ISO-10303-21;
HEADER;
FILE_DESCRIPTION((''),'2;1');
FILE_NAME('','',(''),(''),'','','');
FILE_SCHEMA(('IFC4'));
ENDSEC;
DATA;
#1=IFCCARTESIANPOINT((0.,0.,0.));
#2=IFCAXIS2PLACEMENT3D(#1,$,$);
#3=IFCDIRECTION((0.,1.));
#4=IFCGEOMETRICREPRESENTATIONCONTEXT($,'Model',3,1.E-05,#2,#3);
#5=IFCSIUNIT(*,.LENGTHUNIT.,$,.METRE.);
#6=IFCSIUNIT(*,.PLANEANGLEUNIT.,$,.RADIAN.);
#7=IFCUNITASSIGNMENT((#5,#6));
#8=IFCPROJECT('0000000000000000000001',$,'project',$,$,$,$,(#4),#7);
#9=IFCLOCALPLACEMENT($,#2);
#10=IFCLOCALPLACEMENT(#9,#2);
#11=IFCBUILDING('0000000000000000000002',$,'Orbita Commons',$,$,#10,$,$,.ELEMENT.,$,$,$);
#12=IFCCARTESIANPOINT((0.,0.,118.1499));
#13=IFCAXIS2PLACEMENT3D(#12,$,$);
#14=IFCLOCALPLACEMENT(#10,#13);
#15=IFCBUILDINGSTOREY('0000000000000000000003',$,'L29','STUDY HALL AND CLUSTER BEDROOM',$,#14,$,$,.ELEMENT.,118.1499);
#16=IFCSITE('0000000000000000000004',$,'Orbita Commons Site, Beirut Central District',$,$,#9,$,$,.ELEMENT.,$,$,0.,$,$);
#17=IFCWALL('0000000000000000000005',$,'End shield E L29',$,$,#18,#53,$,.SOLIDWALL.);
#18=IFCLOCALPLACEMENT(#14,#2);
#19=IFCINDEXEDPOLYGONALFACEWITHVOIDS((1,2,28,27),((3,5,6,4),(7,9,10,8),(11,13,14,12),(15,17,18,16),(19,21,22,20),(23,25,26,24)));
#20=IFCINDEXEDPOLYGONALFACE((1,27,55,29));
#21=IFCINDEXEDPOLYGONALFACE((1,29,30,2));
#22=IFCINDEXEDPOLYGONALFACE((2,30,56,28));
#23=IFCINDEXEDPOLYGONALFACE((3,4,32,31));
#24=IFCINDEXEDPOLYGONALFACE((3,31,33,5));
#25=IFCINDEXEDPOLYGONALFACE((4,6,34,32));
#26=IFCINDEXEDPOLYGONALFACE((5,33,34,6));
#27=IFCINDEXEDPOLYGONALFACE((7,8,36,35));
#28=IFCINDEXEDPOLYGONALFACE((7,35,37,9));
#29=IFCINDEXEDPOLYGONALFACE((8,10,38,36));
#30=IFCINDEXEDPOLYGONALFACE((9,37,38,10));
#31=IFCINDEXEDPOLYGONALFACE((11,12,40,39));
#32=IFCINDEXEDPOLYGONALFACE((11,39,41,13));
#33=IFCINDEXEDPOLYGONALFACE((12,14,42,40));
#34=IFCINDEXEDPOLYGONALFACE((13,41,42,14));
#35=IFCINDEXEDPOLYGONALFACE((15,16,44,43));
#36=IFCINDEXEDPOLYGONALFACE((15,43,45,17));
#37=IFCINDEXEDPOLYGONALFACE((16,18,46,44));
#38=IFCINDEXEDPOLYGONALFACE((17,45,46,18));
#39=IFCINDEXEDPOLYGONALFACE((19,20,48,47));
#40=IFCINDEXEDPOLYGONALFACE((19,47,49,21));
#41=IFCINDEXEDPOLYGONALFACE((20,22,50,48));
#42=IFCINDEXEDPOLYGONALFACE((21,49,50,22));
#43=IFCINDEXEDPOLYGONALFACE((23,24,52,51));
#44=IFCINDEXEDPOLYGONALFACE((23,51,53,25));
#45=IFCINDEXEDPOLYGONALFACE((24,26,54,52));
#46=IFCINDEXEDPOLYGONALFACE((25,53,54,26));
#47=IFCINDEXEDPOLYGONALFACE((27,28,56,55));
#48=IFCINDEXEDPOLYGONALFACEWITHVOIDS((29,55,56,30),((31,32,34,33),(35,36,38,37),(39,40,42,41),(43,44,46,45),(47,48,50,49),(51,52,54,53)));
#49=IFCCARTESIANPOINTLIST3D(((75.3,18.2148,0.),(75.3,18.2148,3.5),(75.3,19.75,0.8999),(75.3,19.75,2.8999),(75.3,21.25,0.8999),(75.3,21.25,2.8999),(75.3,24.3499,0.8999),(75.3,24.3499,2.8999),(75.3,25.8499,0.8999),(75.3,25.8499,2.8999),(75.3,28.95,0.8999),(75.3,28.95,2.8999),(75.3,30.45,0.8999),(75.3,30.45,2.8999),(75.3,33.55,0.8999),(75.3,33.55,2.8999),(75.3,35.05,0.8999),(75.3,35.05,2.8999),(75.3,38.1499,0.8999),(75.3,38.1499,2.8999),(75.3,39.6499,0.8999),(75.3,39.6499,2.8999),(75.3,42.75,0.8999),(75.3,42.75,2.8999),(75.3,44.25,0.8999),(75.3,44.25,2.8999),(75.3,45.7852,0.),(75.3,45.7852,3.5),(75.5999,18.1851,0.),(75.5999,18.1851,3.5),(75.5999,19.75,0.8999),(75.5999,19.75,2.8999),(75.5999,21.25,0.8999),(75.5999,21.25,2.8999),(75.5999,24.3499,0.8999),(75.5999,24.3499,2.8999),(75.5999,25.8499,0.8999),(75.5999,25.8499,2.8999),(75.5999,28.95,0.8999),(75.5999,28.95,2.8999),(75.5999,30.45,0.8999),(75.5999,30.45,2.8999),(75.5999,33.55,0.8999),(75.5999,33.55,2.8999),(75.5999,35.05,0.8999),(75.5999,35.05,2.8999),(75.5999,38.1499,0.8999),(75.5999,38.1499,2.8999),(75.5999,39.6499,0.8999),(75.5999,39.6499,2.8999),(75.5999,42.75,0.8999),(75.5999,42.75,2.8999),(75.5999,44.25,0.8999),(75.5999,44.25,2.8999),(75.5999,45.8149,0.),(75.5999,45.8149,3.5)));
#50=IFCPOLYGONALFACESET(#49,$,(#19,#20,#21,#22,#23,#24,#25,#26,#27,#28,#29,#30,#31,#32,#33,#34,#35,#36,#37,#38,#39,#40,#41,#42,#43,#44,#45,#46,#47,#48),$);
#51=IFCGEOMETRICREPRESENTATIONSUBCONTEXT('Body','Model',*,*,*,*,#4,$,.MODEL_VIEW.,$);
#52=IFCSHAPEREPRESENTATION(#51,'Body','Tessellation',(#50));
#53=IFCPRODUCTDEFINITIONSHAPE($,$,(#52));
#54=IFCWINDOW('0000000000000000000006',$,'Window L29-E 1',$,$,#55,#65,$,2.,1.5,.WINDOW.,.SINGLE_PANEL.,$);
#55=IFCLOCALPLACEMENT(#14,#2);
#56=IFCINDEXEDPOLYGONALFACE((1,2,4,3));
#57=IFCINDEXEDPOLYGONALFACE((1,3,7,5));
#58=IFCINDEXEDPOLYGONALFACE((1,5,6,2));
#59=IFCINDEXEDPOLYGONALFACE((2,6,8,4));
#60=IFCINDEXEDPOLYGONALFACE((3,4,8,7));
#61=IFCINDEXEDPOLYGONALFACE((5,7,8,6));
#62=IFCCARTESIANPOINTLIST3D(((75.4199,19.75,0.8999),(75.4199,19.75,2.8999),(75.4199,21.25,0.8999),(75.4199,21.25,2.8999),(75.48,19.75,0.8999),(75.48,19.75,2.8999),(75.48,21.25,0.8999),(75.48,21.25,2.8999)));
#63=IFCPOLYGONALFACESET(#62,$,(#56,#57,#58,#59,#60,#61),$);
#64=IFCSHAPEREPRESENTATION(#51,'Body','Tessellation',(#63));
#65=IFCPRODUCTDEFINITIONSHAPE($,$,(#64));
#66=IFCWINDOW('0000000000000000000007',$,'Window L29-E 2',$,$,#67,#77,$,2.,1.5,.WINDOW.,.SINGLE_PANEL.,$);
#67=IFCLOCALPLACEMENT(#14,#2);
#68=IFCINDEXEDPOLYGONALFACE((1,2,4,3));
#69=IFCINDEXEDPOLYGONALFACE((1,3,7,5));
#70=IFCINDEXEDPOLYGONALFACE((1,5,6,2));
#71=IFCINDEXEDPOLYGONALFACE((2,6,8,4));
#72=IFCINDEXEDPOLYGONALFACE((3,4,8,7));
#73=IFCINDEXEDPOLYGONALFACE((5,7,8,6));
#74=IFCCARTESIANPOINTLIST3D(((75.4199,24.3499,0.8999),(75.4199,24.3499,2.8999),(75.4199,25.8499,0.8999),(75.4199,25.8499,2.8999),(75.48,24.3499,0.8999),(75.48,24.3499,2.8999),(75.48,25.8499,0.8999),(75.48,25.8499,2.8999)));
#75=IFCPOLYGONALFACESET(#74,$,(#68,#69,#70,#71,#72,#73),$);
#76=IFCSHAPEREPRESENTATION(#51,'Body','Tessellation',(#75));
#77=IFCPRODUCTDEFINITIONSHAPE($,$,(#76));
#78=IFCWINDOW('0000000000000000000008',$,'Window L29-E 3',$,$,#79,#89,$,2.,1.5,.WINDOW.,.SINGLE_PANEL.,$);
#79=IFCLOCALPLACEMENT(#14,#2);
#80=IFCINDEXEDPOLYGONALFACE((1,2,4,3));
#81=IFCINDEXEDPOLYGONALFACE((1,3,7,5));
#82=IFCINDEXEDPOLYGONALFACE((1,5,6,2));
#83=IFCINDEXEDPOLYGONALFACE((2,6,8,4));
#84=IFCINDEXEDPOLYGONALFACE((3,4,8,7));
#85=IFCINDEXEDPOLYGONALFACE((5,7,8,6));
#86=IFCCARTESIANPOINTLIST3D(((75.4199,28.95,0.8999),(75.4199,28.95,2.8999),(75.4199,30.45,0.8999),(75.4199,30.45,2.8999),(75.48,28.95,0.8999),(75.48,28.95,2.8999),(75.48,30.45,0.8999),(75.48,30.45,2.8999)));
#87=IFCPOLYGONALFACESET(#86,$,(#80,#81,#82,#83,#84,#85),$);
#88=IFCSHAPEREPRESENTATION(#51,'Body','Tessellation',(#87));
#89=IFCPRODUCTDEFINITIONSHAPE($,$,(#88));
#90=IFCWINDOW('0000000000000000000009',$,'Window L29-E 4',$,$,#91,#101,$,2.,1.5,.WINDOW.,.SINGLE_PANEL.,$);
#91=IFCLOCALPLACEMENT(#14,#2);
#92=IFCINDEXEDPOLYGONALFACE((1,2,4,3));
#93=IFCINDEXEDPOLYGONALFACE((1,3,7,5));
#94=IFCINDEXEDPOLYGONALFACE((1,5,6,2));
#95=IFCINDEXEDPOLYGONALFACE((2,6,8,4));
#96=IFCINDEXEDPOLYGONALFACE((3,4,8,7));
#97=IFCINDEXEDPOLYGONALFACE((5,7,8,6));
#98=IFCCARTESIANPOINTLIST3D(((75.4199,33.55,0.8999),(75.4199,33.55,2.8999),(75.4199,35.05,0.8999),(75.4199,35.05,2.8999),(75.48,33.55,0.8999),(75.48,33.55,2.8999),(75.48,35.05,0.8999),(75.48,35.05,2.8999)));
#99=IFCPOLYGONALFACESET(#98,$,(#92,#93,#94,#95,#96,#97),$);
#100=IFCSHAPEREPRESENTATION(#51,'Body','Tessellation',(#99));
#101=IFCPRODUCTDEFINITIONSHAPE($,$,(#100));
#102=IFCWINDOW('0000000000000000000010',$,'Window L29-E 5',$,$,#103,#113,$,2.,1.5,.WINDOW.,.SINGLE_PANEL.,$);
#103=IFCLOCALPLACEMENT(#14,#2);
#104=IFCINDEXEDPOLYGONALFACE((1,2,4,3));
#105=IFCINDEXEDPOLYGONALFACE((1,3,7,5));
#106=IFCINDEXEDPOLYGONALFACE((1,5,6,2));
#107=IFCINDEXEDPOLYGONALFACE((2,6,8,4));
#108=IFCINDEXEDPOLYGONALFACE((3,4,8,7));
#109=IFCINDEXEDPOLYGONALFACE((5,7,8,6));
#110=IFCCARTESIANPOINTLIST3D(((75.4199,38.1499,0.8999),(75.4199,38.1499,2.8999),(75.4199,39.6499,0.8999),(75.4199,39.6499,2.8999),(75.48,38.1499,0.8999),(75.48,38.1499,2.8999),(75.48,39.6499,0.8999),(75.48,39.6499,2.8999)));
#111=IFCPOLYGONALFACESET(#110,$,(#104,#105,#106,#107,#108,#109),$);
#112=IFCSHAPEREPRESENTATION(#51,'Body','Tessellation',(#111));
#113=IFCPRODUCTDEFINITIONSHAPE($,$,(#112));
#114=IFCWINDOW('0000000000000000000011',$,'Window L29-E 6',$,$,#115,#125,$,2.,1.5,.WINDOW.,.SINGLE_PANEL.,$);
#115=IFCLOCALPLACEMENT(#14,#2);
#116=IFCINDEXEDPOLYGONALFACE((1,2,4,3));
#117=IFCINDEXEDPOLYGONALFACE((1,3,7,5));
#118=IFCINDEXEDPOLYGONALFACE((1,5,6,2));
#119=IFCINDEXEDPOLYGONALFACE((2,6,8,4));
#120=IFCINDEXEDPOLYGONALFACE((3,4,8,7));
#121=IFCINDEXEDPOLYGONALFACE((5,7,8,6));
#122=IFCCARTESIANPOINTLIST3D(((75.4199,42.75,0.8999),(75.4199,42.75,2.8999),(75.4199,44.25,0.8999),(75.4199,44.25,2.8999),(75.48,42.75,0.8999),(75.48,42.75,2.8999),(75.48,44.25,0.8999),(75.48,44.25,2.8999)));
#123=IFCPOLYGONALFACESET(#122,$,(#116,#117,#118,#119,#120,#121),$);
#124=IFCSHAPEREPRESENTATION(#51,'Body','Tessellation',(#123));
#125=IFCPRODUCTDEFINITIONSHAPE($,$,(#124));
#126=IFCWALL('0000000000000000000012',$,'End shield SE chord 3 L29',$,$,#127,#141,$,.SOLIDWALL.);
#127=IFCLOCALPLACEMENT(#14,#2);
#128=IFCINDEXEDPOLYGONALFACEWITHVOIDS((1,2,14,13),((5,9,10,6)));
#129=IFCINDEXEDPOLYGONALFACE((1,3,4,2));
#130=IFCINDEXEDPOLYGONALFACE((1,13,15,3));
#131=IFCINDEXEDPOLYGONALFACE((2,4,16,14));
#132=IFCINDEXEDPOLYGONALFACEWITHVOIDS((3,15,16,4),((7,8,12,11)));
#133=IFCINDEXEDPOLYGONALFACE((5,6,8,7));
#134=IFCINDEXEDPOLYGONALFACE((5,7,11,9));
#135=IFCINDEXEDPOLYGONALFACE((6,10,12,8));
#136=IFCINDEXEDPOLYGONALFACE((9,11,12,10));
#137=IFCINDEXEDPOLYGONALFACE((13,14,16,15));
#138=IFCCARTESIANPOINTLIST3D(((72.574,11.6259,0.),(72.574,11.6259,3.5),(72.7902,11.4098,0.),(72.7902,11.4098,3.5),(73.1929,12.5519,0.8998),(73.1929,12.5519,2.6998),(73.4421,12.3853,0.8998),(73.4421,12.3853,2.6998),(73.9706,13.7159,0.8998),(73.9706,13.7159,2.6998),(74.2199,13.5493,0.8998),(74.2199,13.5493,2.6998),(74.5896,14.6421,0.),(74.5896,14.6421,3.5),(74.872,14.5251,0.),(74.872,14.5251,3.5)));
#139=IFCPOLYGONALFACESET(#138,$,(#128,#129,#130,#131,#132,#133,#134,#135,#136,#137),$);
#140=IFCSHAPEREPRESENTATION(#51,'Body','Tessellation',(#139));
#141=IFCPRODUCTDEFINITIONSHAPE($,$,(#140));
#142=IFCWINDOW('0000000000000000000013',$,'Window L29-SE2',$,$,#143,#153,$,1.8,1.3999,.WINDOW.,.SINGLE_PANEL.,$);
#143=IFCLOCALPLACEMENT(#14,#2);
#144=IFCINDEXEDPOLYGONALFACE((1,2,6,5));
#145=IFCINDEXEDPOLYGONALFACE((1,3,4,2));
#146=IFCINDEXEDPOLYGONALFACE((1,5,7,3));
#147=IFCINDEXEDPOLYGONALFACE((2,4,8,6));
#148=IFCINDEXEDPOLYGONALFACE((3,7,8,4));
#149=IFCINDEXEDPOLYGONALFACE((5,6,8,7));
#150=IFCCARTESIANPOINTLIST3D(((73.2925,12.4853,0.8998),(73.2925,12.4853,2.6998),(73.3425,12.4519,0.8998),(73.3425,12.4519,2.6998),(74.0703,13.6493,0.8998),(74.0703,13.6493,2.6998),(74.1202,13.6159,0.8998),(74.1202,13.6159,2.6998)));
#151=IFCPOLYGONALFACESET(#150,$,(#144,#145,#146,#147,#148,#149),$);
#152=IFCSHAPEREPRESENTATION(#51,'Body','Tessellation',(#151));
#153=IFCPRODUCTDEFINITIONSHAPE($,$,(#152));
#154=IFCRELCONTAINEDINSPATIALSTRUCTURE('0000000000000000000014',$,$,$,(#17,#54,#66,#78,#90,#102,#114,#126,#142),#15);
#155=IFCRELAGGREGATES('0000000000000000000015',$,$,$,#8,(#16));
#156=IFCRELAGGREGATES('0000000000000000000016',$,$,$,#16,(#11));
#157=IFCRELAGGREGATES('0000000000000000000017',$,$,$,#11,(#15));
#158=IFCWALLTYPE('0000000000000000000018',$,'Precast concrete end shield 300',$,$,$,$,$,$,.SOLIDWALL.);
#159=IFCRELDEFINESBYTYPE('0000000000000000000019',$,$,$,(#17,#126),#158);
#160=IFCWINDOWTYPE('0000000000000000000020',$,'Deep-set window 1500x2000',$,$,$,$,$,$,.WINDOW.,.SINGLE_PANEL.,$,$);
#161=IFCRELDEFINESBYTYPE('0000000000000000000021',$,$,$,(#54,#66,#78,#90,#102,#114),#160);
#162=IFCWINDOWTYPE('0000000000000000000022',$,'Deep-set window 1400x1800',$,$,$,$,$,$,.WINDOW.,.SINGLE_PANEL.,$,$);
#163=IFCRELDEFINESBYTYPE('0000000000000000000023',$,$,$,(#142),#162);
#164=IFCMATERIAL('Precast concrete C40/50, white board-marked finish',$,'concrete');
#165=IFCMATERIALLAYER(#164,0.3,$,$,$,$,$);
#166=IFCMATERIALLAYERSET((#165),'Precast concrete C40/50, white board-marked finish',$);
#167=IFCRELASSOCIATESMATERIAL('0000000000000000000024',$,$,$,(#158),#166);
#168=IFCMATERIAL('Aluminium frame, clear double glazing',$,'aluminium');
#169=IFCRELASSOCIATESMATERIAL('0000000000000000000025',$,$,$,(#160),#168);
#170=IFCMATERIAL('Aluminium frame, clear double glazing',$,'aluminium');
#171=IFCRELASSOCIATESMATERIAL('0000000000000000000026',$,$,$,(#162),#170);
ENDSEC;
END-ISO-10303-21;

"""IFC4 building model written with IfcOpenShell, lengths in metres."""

from ifc_helpers import new_model, si_unit, direction, frame, frame_2d, origin, place, context, subcontext, project, spatial, polyline, rectangle, outline, extrude, material, layer, layer_set, type_object, element, fill, save


model = new_model("IFC4")

# Units and contexts
model_context = context("Model", 3, precision=1e-05, world=origin(), true_north=direction((0.0, 1.0)))
body_context = subcontext(model_context, "Body", "Model", "MODEL_VIEW")
ifc_project = project(units=[si_unit("LENGTHUNIT", "METRE"), si_unit("PLANEANGLEUNIT", "RADIAN")], contexts=[model_context])

# Site, building, storey
site_placement = place(None, origin())
site = spatial("IfcSite", under=ifc_project, at=site_placement, Name="Orbita Commons Site, Beirut Central District", CompositionType="ELEMENT", RefElevation=0.0)
building_placement = place(site_placement, origin())
building = spatial("IfcBuilding", under=site, at=building_placement, Name="Orbita Commons", CompositionType="ELEMENT")
storey_placement = place(building_placement, frame((0.0, 0.0, 118.1499)))
storey = spatial("IfcBuildingStorey", under=building, at=storey_placement, Name="L29", Description="STUDY HALL AND CLUSTER BEDROOM", CompositionType="ELEMENT", Elevation=118.1499)

# Wall, openings, windows
ifc_material_1 = material(Name="Precast concrete C40/50, white board-marked finish", Category="concrete")
ifc_layer_1 = layer(ifc_material_1, 0.3)
ifc_layer_set_1 = layer_set([ifc_layer_1], Name="Precast concrete C40/50, white board-marked finish")
wall_type_1 = type_object("IfcWallType", Name="Precast concrete end shield 300", PredefinedType="SOLIDWALL", material=ifc_layer_set_1)
wall_1_placement = place(storey_placement, frame((75.45, 18.2, 0.0), z_axis=(0.0, 0.0, 1.0), x_axis=(0.0, 1.0, 0.0)))
wall_1 = element("IfcWall", 1, at=wall_1_placement, inside=storey, type_object=wall_type_1, Name="End shield E L29", PredefinedType="SOLIDWALL", context=body_context, shape_type="SweptSolid", body=[
    extrude(outline(polyline([(-0.0149, -0.1499), (27.615, -0.1499), (27.5852, 0.1499), (0.0149, 0.1499), (-0.0149, -0.1499)])), origin(), (0.0, 0.0, 1.0), 3.5),
])
opening_1_placement = place(wall_1_placement, frame((1.55, 0.0, 0.8999)))
opening_1 = element("IfcOpeningElement", 2, at=opening_1_placement, cuts=wall_1, PredefinedType="OPENING", context=body_context, shape_type="SweptSolid", body=[
    extrude(rectangle(XDim=1.5, YDim=2.0, at=frame_2d((0.75, 1.0))), frame((0.0, 0.1599, 0.0), z_axis=(0.0, -1.0, 0.0), x_axis=(1.0, 0.0, 0.0)), (0.0, 0.0, 1.0), 0.3201),
])
opening_2_placement = place(wall_1_placement, frame((6.1499, 0.0, 0.8999)))
opening_2 = element("IfcOpeningElement", 3, at=opening_2_placement, cuts=wall_1, PredefinedType="OPENING", context=body_context, shape_type="SweptSolid", body=[
    extrude(rectangle(XDim=1.5, YDim=2.0, at=frame_2d((0.75, 1.0))), frame((0.0, 0.1599, 0.0), z_axis=(0.0, -1.0, 0.0), x_axis=(1.0, 0.0, 0.0)), (0.0, 0.0, 1.0), 0.3201),
])
opening_3_placement = place(wall_1_placement, frame((10.75, 0.0, 0.8999)))
opening_3 = element("IfcOpeningElement", 4, at=opening_3_placement, cuts=wall_1, PredefinedType="OPENING", context=body_context, shape_type="SweptSolid", body=[
    extrude(rectangle(XDim=1.5, YDim=2.0, at=frame_2d((0.75, 1.0))), frame((0.0, 0.1599, 0.0), z_axis=(0.0, -1.0, 0.0), x_axis=(1.0, 0.0, 0.0)), (0.0, 0.0, 1.0), 0.3201),
])
opening_4_placement = place(wall_1_placement, frame((15.3501, 0.0, 0.8999)))
opening_4 = element("IfcOpeningElement", 5, at=opening_4_placement, cuts=wall_1, PredefinedType="OPENING", context=body_context, shape_type="SweptSolid", body=[
    extrude(rectangle(XDim=1.5, YDim=2.0, at=frame_2d((0.75, 1.0))), frame((0.0, 0.1599, 0.0), z_axis=(0.0, -1.0, 0.0), x_axis=(1.0, 0.0, 0.0)), (0.0, 0.0, 1.0), 0.3201),
])
opening_5_placement = place(wall_1_placement, frame((19.95, 0.0, 0.8999)))
opening_5 = element("IfcOpeningElement", 6, at=opening_5_placement, cuts=wall_1, PredefinedType="OPENING", context=body_context, shape_type="SweptSolid", body=[
    extrude(rectangle(XDim=1.5, YDim=2.0, at=frame_2d((0.75, 1.0))), frame((0.0, 0.1599, 0.0), z_axis=(0.0, -1.0, 0.0), x_axis=(1.0, 0.0, 0.0)), (0.0, 0.0, 1.0), 0.3201),
])
opening_6_placement = place(wall_1_placement, frame((24.55, 0.0, 0.8999)))
opening_6 = element("IfcOpeningElement", 7, at=opening_6_placement, cuts=wall_1, PredefinedType="OPENING", context=body_context, shape_type="SweptSolid", body=[
    extrude(rectangle(XDim=1.5, YDim=2.0, at=frame_2d((0.75, 1.0))), frame((0.0, 0.1599, 0.0), z_axis=(0.0, -1.0, 0.0), x_axis=(1.0, 0.0, 0.0)), (0.0, 0.0, 1.0), 0.3201),
])
ifc_material_2 = material(Name="Aluminium frame, clear double glazing", Category="aluminium")
window_type_1 = type_object("IfcWindowType", Name="Deep-set window 1500x2000", PartitioningType="SINGLE_PANEL", PredefinedType="WINDOW", material=ifc_material_2)
window_1_placement = place(opening_1_placement, origin())
window_1 = element("IfcWindow", 8, at=window_1_placement, inside=storey, type_object=window_type_1, Name="Window L29-E 1", OverallHeight=2.0, OverallWidth=1.5, PartitioningType="SINGLE_PANEL", PredefinedType="WINDOW", context=body_context, shape_type="SweptSolid", body=[
    extrude(rectangle(XDim=1.5, YDim=2.0, at=frame_2d((0.75, 1.0))), frame((0.0, 0.03, 0.0), z_axis=(0.0, -1.0, 0.0), x_axis=(1.0, 0.0, 0.0)), (0.0, 0.0, 1.0), 0.0601),
])
fill(opening_1, window_1)
window_2_placement = place(opening_2_placement, origin())
window_2 = element("IfcWindow", 9, at=window_2_placement, inside=storey, type_object=window_type_1, Name="Window L29-E 2", OverallHeight=2.0, OverallWidth=1.5, PartitioningType="SINGLE_PANEL", PredefinedType="WINDOW", context=body_context, shape_type="SweptSolid", body=[
    extrude(rectangle(XDim=1.5, YDim=2.0, at=frame_2d((0.75, 1.0))), frame((0.0, 0.03, 0.0), z_axis=(0.0, -1.0, 0.0), x_axis=(1.0, 0.0, 0.0)), (0.0, 0.0, 1.0), 0.0601),
])
fill(opening_2, window_2)
window_3_placement = place(opening_3_placement, origin())
window_3 = element("IfcWindow", 10, at=window_3_placement, inside=storey, type_object=window_type_1, Name="Window L29-E 3", OverallHeight=2.0, OverallWidth=1.5, PartitioningType="SINGLE_PANEL", PredefinedType="WINDOW", context=body_context, shape_type="SweptSolid", body=[
    extrude(rectangle(XDim=1.5, YDim=2.0, at=frame_2d((0.75, 1.0))), frame((0.0, 0.03, 0.0), z_axis=(0.0, -1.0, 0.0), x_axis=(1.0, 0.0, 0.0)), (0.0, 0.0, 1.0), 0.0601),
])
fill(opening_3, window_3)
window_4_placement = place(opening_4_placement, origin())
window_4 = element("IfcWindow", 11, at=window_4_placement, inside=storey, type_object=window_type_1, Name="Window L29-E 4", OverallHeight=2.0, OverallWidth=1.5, PartitioningType="SINGLE_PANEL", PredefinedType="WINDOW", context=body_context, shape_type="SweptSolid", body=[
    extrude(rectangle(XDim=1.5, YDim=2.0, at=frame_2d((0.75, 1.0))), frame((0.0, 0.03, 0.0), z_axis=(0.0, -1.0, 0.0), x_axis=(1.0, 0.0, 0.0)), (0.0, 0.0, 1.0), 0.0601),
])
fill(opening_4, window_4)
window_5_placement = place(opening_5_placement, origin())
window_5 = element("IfcWindow", 12, at=window_5_placement, inside=storey, type_object=window_type_1, Name="Window L29-E 5", OverallHeight=2.0, OverallWidth=1.5, PartitioningType="SINGLE_PANEL", PredefinedType="WINDOW", context=body_context, shape_type="SweptSolid", body=[
    extrude(rectangle(XDim=1.5, YDim=2.0, at=frame_2d((0.75, 1.0))), frame((0.0, 0.03, 0.0), z_axis=(0.0, -1.0, 0.0), x_axis=(1.0, 0.0, 0.0)), (0.0, 0.0, 1.0), 0.0601),
])
fill(opening_5, window_5)
window_6_placement = place(opening_6_placement, origin())
window_6 = element("IfcWindow", 13, at=window_6_placement, inside=storey, type_object=window_type_1, Name="Window L29-E 6", OverallHeight=2.0, OverallWidth=1.5, PartitioningType="SINGLE_PANEL", PredefinedType="WINDOW", context=body_context, shape_type="SweptSolid", body=[
    extrude(rectangle(XDim=1.5, YDim=2.0, at=frame_2d((0.75, 1.0))), frame((0.0, 0.03, 0.0), z_axis=(0.0, -1.0, 0.0), x_axis=(1.0, 0.0, 0.0)), (0.0, 0.0, 1.0), 0.0601),
])
fill(opening_6, window_6)

# Wall, opening, window
wall_2_placement = place(storey_placement, frame((72.6821, 11.5178, 0.0), z_axis=(0.0, 0.0, 1.0), x_axis=(0.555601, 0.831449, 0.0)))
wall_2 = element("IfcWall", 14, at=wall_2_placement, inside=storey, type_object=wall_type_1, Name="End shield SE chord 3 L29", PredefinedType="SOLIDWALL", context=body_context, shape_type="SweptSolid", body=[
    extrude(outline(polyline([(-0.0298, -0.1499), (3.717, -0.1499), (3.6575, 0.1499), (0.0298, 0.1499), (-0.0298, -0.1499)])), origin(), (0.0, 0.0, 1.0), 3.5),
])
opening_7_placement = place(wall_2_placement, frame((1.1436, 0.0, 0.8999)))
opening_7 = element("IfcOpeningElement", 15, at=opening_7_placement, cuts=wall_2, PredefinedType="OPENING", context=body_context, shape_type="SweptSolid", body=[
    extrude(rectangle(XDim=1.3999, YDim=1.8, at=frame_2d((0.7, 0.8999))), frame((0.0, 0.1599, 0.0), z_axis=(0.0, -1.0, 0.0), x_axis=(1.0, 0.0, 0.0)), (0.0, 0.0, 1.0), 0.3201),
])
ifc_material_3 = material(Name="Aluminium frame, clear double glazing", Category="aluminium")
window_type_2 = type_object("IfcWindowType", Name="Deep-set window 1400x1800", PartitioningType="SINGLE_PANEL", PredefinedType="WINDOW", material=ifc_material_3)
window_7_placement = place(opening_7_placement, origin())
window_7 = element("IfcWindow", 16, at=window_7_placement, inside=storey, type_object=window_type_2, Name="Window L29-SE2", OverallHeight=1.8, OverallWidth=1.3999, PartitioningType="SINGLE_PANEL", PredefinedType="WINDOW", context=body_context, shape_type="SweptSolid", body=[
    extrude(rectangle(XDim=1.3999, YDim=1.8, at=frame_2d((0.7, 0.8999))), frame((0.0, 0.03, 0.0), z_axis=(0.0, -1.0, 0.0), x_axis=(1.0, 0.0, 0.0)), (0.0, 0.0, 1.0), 0.0601),
])
fill(opening_7, window_7)

save(model, "model.ifc")
